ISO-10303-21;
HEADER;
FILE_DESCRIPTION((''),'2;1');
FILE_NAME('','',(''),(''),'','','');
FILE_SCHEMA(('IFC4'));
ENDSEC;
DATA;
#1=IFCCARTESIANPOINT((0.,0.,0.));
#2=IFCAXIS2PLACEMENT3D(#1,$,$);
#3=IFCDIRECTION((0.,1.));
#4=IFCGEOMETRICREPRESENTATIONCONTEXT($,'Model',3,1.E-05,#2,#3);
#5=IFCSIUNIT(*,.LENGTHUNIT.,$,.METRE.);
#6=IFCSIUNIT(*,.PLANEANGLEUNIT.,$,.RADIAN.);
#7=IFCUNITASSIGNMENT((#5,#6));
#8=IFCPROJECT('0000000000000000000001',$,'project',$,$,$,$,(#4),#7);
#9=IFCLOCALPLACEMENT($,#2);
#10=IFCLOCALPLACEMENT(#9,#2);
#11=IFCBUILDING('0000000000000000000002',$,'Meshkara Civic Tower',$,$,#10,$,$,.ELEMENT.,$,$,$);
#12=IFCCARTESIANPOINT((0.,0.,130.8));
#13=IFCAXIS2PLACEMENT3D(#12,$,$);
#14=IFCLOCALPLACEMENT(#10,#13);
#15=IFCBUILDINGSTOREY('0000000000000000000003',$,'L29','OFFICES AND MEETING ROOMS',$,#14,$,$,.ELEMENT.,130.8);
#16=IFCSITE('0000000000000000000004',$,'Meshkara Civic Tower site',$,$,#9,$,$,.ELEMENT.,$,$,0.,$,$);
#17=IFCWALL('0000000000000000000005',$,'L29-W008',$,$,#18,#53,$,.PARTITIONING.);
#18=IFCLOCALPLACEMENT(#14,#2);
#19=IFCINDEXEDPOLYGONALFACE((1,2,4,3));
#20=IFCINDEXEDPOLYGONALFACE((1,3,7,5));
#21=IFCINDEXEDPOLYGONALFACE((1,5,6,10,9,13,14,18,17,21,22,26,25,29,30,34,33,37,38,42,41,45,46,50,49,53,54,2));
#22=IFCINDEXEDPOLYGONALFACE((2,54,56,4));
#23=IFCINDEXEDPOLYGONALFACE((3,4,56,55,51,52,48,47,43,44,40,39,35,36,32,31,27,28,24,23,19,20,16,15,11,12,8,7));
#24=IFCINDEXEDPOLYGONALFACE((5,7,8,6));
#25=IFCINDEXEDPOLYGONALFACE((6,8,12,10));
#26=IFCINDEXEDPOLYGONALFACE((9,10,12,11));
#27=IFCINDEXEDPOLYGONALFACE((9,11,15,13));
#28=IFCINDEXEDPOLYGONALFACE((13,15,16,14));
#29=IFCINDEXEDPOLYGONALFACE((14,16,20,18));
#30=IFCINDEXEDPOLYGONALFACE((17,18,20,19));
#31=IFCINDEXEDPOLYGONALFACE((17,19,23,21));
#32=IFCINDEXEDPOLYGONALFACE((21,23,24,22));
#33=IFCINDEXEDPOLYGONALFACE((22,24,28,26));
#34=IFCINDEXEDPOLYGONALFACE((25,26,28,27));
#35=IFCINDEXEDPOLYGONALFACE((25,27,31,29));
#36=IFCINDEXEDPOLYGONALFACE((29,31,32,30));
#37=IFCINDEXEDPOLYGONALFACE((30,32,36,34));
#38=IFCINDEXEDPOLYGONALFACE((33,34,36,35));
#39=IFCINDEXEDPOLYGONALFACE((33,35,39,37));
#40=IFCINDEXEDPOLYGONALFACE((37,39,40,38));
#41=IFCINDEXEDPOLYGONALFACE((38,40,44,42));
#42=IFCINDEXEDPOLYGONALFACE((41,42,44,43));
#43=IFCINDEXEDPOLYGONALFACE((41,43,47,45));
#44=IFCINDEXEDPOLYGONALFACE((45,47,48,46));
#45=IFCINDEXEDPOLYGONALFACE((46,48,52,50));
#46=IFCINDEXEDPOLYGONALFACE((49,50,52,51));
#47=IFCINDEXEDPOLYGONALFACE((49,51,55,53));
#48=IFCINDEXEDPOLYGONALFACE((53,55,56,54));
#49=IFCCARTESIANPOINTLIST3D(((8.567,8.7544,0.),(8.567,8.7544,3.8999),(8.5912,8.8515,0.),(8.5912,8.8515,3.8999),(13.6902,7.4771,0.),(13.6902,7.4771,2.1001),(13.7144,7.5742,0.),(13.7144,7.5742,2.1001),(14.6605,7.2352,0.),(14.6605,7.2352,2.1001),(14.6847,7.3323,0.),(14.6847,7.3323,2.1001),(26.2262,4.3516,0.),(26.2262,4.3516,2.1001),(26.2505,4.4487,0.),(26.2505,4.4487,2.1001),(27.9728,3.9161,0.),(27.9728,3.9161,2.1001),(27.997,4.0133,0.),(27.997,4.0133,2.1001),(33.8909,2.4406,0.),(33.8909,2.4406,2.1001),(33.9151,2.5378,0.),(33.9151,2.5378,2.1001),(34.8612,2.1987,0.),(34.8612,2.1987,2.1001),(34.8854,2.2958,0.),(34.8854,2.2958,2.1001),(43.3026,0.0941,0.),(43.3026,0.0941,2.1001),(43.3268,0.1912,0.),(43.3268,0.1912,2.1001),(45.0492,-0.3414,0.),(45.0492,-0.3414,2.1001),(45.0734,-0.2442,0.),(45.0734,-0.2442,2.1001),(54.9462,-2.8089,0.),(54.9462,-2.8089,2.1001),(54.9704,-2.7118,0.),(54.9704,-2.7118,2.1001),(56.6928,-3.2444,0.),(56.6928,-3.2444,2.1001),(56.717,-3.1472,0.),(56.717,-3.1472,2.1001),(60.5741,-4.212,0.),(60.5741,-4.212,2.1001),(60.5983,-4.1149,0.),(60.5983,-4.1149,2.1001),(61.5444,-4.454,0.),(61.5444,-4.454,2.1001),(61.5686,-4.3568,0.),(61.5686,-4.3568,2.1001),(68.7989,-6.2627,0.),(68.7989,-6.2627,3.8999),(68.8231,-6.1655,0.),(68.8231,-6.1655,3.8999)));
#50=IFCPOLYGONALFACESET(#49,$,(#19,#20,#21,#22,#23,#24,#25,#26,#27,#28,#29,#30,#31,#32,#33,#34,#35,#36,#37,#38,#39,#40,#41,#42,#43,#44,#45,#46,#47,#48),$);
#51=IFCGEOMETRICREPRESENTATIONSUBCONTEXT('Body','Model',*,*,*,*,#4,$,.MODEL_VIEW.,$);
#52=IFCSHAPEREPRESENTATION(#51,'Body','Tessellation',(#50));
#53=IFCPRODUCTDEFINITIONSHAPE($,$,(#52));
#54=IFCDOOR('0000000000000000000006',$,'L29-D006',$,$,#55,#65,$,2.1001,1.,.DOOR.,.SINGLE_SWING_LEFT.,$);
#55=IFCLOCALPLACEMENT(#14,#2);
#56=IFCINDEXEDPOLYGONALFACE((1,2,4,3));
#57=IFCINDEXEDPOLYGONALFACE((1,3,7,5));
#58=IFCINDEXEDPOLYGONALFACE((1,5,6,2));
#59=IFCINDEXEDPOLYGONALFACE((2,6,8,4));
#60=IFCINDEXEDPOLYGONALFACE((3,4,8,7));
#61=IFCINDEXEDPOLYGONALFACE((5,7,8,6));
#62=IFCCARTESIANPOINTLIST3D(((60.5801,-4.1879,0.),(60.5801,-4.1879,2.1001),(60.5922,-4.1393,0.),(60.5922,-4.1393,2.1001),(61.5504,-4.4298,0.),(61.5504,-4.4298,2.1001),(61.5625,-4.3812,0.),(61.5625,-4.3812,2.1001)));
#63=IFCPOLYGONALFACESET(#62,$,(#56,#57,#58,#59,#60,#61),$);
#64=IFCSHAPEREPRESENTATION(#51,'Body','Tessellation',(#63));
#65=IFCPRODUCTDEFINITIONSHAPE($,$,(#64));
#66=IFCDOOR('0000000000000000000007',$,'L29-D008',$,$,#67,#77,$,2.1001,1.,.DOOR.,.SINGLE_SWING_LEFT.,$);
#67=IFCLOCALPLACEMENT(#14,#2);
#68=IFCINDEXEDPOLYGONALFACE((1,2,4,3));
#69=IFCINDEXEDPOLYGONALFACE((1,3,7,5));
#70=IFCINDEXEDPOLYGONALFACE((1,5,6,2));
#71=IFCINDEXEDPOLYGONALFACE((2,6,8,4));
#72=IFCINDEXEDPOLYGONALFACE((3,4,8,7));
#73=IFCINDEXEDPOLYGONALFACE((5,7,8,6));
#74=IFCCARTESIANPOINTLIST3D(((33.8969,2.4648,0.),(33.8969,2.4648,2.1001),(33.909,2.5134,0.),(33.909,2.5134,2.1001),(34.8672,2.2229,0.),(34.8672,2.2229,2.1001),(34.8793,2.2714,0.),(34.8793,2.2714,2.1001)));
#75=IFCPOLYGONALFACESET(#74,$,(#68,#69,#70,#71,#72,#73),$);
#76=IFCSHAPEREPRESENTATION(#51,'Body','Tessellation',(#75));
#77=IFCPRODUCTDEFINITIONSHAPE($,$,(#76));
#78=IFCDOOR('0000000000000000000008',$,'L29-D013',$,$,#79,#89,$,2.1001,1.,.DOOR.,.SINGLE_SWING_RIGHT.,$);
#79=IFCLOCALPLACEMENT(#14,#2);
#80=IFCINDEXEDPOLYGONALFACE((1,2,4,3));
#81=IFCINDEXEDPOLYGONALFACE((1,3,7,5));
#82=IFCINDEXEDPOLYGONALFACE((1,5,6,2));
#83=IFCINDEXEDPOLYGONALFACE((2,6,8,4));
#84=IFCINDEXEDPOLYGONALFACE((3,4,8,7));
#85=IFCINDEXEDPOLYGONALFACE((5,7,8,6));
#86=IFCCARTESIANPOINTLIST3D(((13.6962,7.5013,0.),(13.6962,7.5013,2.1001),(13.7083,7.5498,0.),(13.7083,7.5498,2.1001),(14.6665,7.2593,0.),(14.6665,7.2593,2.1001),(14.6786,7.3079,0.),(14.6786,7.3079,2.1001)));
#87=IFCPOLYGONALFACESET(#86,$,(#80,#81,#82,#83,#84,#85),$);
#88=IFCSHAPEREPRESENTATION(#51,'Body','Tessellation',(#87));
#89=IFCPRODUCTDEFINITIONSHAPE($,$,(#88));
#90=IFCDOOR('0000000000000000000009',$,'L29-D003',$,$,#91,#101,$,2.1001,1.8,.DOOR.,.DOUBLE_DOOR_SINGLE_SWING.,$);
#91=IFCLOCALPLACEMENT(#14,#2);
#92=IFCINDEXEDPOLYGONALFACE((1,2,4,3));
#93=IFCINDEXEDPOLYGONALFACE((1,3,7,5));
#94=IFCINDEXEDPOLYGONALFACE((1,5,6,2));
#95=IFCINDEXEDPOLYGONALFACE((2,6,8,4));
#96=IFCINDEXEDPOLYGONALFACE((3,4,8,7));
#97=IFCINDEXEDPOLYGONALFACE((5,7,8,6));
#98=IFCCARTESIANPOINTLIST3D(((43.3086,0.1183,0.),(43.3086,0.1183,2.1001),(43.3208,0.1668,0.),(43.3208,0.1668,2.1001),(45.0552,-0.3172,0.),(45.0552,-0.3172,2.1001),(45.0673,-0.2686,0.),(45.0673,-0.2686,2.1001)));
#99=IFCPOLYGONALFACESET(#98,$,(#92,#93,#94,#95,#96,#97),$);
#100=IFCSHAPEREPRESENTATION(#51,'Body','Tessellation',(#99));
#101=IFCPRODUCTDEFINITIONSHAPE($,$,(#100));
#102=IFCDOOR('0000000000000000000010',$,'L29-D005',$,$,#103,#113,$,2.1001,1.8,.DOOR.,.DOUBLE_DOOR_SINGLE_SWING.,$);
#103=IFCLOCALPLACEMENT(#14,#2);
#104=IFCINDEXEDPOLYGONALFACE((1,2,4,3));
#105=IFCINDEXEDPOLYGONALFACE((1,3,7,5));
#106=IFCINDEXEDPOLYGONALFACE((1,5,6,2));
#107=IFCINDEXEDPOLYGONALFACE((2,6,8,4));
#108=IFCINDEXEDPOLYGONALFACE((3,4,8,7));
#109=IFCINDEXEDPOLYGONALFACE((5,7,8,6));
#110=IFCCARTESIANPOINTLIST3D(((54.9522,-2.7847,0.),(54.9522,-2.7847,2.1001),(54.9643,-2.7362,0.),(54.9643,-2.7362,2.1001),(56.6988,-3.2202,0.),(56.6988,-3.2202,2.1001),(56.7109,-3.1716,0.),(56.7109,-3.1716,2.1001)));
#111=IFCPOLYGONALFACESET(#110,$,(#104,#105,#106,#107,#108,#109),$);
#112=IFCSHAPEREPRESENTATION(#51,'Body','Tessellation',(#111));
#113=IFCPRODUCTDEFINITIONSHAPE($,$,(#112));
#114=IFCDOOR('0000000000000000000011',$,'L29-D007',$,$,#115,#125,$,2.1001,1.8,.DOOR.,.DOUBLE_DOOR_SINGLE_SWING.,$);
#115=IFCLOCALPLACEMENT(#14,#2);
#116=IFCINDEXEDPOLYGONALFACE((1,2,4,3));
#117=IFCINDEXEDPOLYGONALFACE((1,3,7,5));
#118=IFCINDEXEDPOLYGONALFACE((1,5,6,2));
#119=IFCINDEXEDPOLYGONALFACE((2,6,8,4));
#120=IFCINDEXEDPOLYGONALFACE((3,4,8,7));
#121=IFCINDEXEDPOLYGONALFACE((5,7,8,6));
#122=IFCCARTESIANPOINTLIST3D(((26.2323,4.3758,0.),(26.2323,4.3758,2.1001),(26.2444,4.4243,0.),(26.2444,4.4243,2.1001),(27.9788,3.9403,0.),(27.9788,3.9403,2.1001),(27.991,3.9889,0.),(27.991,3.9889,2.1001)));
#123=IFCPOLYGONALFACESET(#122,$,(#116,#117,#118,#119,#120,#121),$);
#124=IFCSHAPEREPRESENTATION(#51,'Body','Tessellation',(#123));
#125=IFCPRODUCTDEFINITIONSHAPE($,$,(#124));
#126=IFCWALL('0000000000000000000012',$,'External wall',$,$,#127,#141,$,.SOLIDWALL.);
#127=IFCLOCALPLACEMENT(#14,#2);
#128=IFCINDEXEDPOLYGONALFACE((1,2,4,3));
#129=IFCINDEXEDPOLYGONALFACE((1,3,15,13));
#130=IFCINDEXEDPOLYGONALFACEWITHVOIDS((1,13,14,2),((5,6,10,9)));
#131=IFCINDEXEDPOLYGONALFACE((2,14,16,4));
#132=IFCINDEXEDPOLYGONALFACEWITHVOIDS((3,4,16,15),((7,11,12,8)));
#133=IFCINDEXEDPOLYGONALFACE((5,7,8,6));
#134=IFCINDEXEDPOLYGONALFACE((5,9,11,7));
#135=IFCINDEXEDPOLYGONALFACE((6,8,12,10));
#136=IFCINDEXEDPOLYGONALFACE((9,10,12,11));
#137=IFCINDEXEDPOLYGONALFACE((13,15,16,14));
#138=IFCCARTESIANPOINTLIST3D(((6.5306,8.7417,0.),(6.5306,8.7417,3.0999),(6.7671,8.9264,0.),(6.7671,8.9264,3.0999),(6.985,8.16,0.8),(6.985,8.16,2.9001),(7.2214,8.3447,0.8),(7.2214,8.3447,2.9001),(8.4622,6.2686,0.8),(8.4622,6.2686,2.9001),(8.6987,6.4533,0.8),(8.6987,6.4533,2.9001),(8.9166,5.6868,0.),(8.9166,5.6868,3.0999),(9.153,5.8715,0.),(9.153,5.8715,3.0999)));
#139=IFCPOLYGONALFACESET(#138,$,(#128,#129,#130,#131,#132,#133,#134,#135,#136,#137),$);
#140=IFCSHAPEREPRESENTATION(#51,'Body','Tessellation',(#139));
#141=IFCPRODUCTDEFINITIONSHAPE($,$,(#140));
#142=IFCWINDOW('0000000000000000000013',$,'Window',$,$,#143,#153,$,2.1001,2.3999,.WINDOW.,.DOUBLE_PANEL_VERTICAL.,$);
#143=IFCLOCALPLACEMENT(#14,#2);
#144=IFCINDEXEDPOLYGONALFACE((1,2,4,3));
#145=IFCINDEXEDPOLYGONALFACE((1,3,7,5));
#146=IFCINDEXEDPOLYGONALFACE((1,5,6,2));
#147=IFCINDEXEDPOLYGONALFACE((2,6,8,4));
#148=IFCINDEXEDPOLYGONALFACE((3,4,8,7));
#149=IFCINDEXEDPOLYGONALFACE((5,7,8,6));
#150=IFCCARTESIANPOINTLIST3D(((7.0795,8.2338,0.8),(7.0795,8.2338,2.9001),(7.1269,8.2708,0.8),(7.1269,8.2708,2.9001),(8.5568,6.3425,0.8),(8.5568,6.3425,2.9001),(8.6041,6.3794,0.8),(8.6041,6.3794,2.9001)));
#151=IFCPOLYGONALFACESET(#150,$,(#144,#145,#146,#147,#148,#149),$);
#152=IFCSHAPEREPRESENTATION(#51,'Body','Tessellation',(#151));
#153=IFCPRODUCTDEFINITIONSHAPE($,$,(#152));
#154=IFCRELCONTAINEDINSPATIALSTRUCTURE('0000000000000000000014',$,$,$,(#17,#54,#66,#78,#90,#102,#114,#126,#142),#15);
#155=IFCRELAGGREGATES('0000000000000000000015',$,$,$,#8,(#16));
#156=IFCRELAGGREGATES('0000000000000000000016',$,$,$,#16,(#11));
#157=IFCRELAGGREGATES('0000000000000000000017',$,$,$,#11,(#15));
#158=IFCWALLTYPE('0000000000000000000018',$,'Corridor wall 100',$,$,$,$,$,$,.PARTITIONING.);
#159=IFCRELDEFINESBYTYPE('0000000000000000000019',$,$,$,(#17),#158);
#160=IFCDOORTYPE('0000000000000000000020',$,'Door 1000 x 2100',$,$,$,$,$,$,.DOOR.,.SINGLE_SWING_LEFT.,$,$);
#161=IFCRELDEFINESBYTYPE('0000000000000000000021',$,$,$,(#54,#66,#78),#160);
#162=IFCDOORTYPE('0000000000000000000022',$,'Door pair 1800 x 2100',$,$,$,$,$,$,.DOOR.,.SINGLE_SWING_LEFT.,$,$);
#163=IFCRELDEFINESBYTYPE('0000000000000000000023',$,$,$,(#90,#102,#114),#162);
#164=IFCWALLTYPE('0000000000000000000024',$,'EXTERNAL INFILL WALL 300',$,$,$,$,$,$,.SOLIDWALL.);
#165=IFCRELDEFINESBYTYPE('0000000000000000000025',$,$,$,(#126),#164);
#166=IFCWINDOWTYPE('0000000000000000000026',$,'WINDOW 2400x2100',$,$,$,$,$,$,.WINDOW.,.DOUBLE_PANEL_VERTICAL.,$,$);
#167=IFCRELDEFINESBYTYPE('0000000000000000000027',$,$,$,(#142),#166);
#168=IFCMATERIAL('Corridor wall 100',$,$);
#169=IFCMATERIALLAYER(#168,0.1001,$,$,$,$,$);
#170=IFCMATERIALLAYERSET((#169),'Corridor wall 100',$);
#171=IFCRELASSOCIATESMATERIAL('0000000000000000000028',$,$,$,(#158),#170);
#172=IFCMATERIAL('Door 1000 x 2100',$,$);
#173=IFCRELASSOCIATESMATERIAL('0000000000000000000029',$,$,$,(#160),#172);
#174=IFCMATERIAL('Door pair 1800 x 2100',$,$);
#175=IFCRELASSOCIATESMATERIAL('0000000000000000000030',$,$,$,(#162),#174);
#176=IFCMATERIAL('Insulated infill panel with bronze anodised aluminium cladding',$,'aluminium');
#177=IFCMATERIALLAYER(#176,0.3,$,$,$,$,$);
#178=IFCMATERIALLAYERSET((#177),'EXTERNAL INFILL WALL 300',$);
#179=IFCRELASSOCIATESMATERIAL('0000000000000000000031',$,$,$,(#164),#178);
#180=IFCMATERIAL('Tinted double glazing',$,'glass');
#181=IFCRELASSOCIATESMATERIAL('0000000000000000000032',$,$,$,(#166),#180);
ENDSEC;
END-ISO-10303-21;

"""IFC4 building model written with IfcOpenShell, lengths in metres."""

from ifc_helpers import new_model, si_unit, direction, frame, frame_2d, origin, place, context, subcontext, project, spatial, rectangle, extrude, material, layer, layer_set, type_object, element, fill, save


model = new_model("IFC4")

# Units and contexts
model_context = context("Model", 3, precision=1e-05, world=origin(), true_north=direction((0.0, 1.0)))
body_context = subcontext(model_context, "Body", "Model", "MODEL_VIEW")
ifc_project = project(units=[si_unit("LENGTHUNIT", "METRE"), si_unit("PLANEANGLEUNIT", "RADIAN")], contexts=[model_context])

# Site, building, storey
site_placement = place(None, origin())
site = spatial("IfcSite", under=ifc_project, at=site_placement, Name="Meshkara Civic Tower site", CompositionType="ELEMENT", RefElevation=0.0)
building_placement = place(site_placement, origin())
building = spatial("IfcBuilding", under=site, at=building_placement, Name="Meshkara Civic Tower", CompositionType="ELEMENT")
storey_placement = place(building_placement, frame((0.0, 0.0, 130.8)))
storey = spatial("IfcBuildingStorey", under=building, at=storey_placement, Name="L29", Description="OFFICES AND MEETING ROOMS", CompositionType="ELEMENT", Elevation=130.8)

# Shared definitions
ifc_material_1 = material(Name="Corridor wall 100")
ifc_layer_1 = layer(ifc_material_1, 0.1001)
ifc_layer_set_1 = layer_set([ifc_layer_1], Name="Corridor wall 100")
wall_type_1 = type_object("IfcWallType", Name="Corridor wall 100", PredefinedType="PARTITIONING", material=ifc_layer_set_1)
ifc_material_2 = material(Name="Door 1000 x 2100")
door_type_1 = type_object("IfcDoorType", Name="Door 1000 x 2100", OperationType="SINGLE_SWING_LEFT", PredefinedType="DOOR", material=ifc_material_2)

# Wall, openings, doors
wall_1_placement = place(storey_placement, frame((8.5791, 8.803, 0.0), z_axis=(0.0, 0.0, 1.0), x_axis=(0.970297, -0.241916, 0.0)))
wall_1 = element("IfcWall", 1, at=wall_1_placement, inside=storey, type_object=wall_type_1, Name="L29-W008", PredefinedType="PARTITIONING", context=body_context, shape_type="SweptSolid", body=[
    extrude(rectangle(XDim=62.0757, YDim=0.1001, at=frame_2d((31.0378, 0.0))), origin(), (0.0, 0.0, 1.0), 3.8999),
])
opening_1_placement = place(wall_1_placement, frame((35.7991, 0.0, 0.0)))
opening_1 = element("IfcOpeningElement", 2, at=opening_1_placement, cuts=wall_1, PredefinedType="OPENING", context=body_context, shape_type="SweptSolid", body=[
    extrude(rectangle(XDim=1.8, YDim=2.1001, at=frame_2d((0.8999, 1.05))), frame((0.0, 0.0601, 0.0), z_axis=(0.0, -1.0, 0.0), x_axis=(1.0, 0.0, 0.0)), (0.0, 0.0, 1.0), 0.1201),
])
opening_2_placement = place(wall_1_placement, frame((47.7991, 0.0, 0.0)))
opening_2 = element("IfcOpeningElement", 3, at=opening_2_placement, cuts=wall_1, PredefinedType="OPENING", context=body_context, shape_type="SweptSolid", body=[
    extrude(rectangle(XDim=1.8, YDim=2.1001, at=frame_2d((0.8999, 1.05))), frame((0.0, 0.0601, 0.0), z_axis=(0.0, -1.0, 0.0), x_axis=(1.0, 0.0, 0.0)), (0.0, 0.0, 1.0), 0.1201),
])
opening_3_placement = place(wall_1_placement, frame((53.5991, 0.0, 0.0)))
opening_3 = element("IfcOpeningElement", 4, at=opening_3_placement, cuts=wall_1, PredefinedType="OPENING", context=body_context, shape_type="SweptSolid", body=[
    extrude(rectangle(XDim=1.0, YDim=2.1001, at=frame_2d((0.5, 1.05))), frame((0.0, 0.0601, 0.0), z_axis=(0.0, -1.0, 0.0), x_axis=(1.0, 0.0, 0.0)), (0.0, 0.0, 1.0), 0.1201),
])
opening_4_placement = place(wall_1_placement, frame((18.2, 0.0, 0.0)))
opening_4 = element("IfcOpeningElement", 5, at=opening_4_placement, cuts=wall_1, PredefinedType="OPENING", context=body_context, shape_type="SweptSolid", body=[
    extrude(rectangle(XDim=1.8, YDim=2.1001, at=frame_2d((0.8999, 1.05))), frame((0.0, 0.0601, 0.0), z_axis=(0.0, -1.0, 0.0), x_axis=(1.0, 0.0, 0.0)), (0.0, 0.0, 1.0), 0.1201),
])
opening_5_placement = place(wall_1_placement, frame((26.0991, 0.0, 0.0)))
opening_5 = element("IfcOpeningElement", 6, at=opening_5_placement, cuts=wall_1, PredefinedType="OPENING", context=body_context, shape_type="SweptSolid", body=[
    extrude(rectangle(XDim=1.0, YDim=2.1001, at=frame_2d((0.5, 1.05))), frame((0.0, 0.0601, 0.0), z_axis=(0.0, -1.0, 0.0), x_axis=(1.0, 0.0, 0.0)), (0.0, 0.0, 1.0), 0.1201),
])
opening_6_placement = place(wall_1_placement, frame((5.28, 0.0, 0.0)))
opening_6 = element("IfcOpeningElement", 7, at=opening_6_placement, cuts=wall_1, PredefinedType="OPENING", context=body_context, shape_type="SweptSolid", body=[
    extrude(rectangle(XDim=1.0, YDim=2.1001, at=frame_2d((0.5, 1.05))), frame((0.0, 0.0601, 0.0), z_axis=(0.0, -1.0, 0.0), x_axis=(1.0, 0.0, 0.0)), (0.0, 0.0, 1.0), 0.1201),
])
door_1_placement = place(opening_3_placement, origin())
door_1 = element("IfcDoor", 8, at=door_1_placement, inside=storey, type_object=door_type_1, Name="L29-D006", OperationType="SINGLE_SWING_LEFT", OverallHeight=2.1001, OverallWidth=1.0, PredefinedType="DOOR", context=body_context, shape_type="SweptSolid", body=[
    extrude(rectangle(XDim=1.0, YDim=2.1001, at=frame_2d((0.5, 1.05))), frame((0.0, 0.0249, 0.0), z_axis=(0.0, -1.0, 0.0), x_axis=(1.0, 0.0, 0.0)), (0.0, 0.0, 1.0), 0.05),
])
fill(opening_3, door_1)
door_2_placement = place(opening_5_placement, origin())
door_2 = element("IfcDoor", 9, at=door_2_placement, inside=storey, type_object=door_type_1, Name="L29-D008", OperationType="SINGLE_SWING_LEFT", OverallHeight=2.1001, OverallWidth=1.0, PredefinedType="DOOR", context=body_context, shape_type="SweptSolid", body=[
    extrude(rectangle(XDim=1.0, YDim=2.1001, at=frame_2d((0.5, 1.05))), frame((0.0, 0.0249, 0.0), z_axis=(0.0, -1.0, 0.0), x_axis=(1.0, 0.0, 0.0)), (0.0, 0.0, 1.0), 0.05),
])
fill(opening_5, door_2)
door_3_placement = place(opening_6_placement, origin())
door_3 = element("IfcDoor", 10, at=door_3_placement, inside=storey, type_object=door_type_1, Name="L29-D013", OperationType="SINGLE_SWING_RIGHT", OverallHeight=2.1001, OverallWidth=1.0, PredefinedType="DOOR", context=body_context, shape_type="SweptSolid", body=[
    extrude(rectangle(XDim=1.0, YDim=2.1001, at=frame_2d((0.5, 1.05))), frame((0.0, 0.0249, 0.0), z_axis=(0.0, -1.0, 0.0), x_axis=(1.0, 0.0, 0.0)), (0.0, 0.0, 1.0), 0.05),
])
fill(opening_6, door_3)
ifc_material_3 = material(Name="Door pair 1800 x 2100")
door_type_2 = type_object("IfcDoorType", Name="Door pair 1800 x 2100", OperationType="SINGLE_SWING_LEFT", PredefinedType="DOOR", material=ifc_material_3)
door_4_placement = place(opening_1_placement, origin())
door_4 = element("IfcDoor", 11, at=door_4_placement, inside=storey, type_object=door_type_2, Name="L29-D003", OperationType="DOUBLE_DOOR_SINGLE_SWING", OverallHeight=2.1001, OverallWidth=1.8, PredefinedType="DOOR", context=body_context, shape_type="SweptSolid", body=[
    extrude(rectangle(XDim=1.8, YDim=2.1001, at=frame_2d((0.8999, 1.05))), frame((0.0, 0.0249, 0.0), z_axis=(0.0, -1.0, 0.0), x_axis=(1.0, 0.0, 0.0)), (0.0, 0.0, 1.0), 0.05),
])
fill(opening_1, door_4)
door_5_placement = place(opening_2_placement, origin())
door_5 = element("IfcDoor", 12, at=door_5_placement, inside=storey, type_object=door_type_2, Name="L29-D005", OperationType="DOUBLE_DOOR_SINGLE_SWING", OverallHeight=2.1001, OverallWidth=1.8, PredefinedType="DOOR", context=body_context, shape_type="SweptSolid", body=[
    extrude(rectangle(XDim=1.8, YDim=2.1001, at=frame_2d((0.8999, 1.05))), frame((0.0, 0.0249, 0.0), z_axis=(0.0, -1.0, 0.0), x_axis=(1.0, 0.0, 0.0)), (0.0, 0.0, 1.0), 0.05),
])
fill(opening_2, door_5)
door_6_placement = place(opening_4_placement, origin())
door_6 = element("IfcDoor", 13, at=door_6_placement, inside=storey, type_object=door_type_2, Name="L29-D007", OperationType="DOUBLE_DOOR_SINGLE_SWING", OverallHeight=2.1001, OverallWidth=1.8, PredefinedType="DOOR", context=body_context, shape_type="SweptSolid", body=[
    extrude(rectangle(XDim=1.8, YDim=2.1001, at=frame_2d((0.8999, 1.05))), frame((0.0, 0.0249, 0.0), z_axis=(0.0, -1.0, 0.0), x_axis=(1.0, 0.0, 0.0)), (0.0, 0.0, 1.0), 0.05),
])
fill(opening_4, door_6)

# Wall, opening, window
ifc_material_4 = material(Name="Insulated infill panel with bronze anodised aluminium cladding", Category="aluminium")
ifc_layer_2 = layer(ifc_material_4, 0.3)
ifc_layer_set_2 = layer_set([ifc_layer_2], Name="EXTERNAL INFILL WALL 300")
wall_type_2 = type_object("IfcWallType", Name="EXTERNAL INFILL WALL 300", PredefinedType="SOLIDWALL", material=ifc_layer_set_2)
wall_2_placement = place(storey_placement, frame((6.6489, 8.834, 0.0), z_axis=(0.0, 0.0, 1.0), x_axis=(0.615535, -0.788109, 0.0)))
wall_2 = element("IfcWall", 14, at=wall_2_placement, inside=storey, type_object=wall_type_2, Name="External wall", PredefinedType="SOLIDWALL", context=body_context, shape_type="SweptSolid", body=[
    extrude(rectangle(XDim=3.8762, YDim=0.3, at=frame_2d((1.938, 0.0))), origin(), (0.0, 0.0, 1.0), 3.0999),
])
opening_7_placement = place(wall_2_placement, frame((0.738, 0.0, 0.8)))
opening_7 = element("IfcOpeningElement", 15, at=opening_7_placement, cuts=wall_2, PredefinedType="OPENING", context=body_context, shape_type="SweptSolid", body=[
    extrude(rectangle(XDim=2.3999, YDim=2.1001, at=frame_2d((1.2, 1.05))), frame((0.0, 0.1599, 0.0), z_axis=(0.0, -1.0, 0.0), x_axis=(1.0, 0.0, 0.0)), (0.0, 0.0, 1.0), 0.3201),
])
ifc_material_5 = material(Name="Tinted double glazing", Category="glass")
window_type = type_object("IfcWindowType", Name="WINDOW 2400x2100", PartitioningType="DOUBLE_PANEL_VERTICAL", PredefinedType="WINDOW", material=ifc_material_5)
window_placement = place(opening_7_placement, origin())
window = element("IfcWindow", 16, at=window_placement, inside=storey, type_object=window_type, Name="Window", OverallHeight=2.1001, OverallWidth=2.3999, PartitioningType="DOUBLE_PANEL_VERTICAL", PredefinedType="WINDOW", context=body_context, shape_type="SweptSolid", body=[
    extrude(rectangle(XDim=2.3999, YDim=2.1001, at=frame_2d((1.2, 1.05))), frame((0.0, 0.03, 0.0), z_axis=(0.0, -1.0, 0.0), x_axis=(1.0, 0.0, 0.0)), (0.0, 0.0, 1.0), 0.0601),
])
fill(opening_7, window)

save(model, "model.ifc")
